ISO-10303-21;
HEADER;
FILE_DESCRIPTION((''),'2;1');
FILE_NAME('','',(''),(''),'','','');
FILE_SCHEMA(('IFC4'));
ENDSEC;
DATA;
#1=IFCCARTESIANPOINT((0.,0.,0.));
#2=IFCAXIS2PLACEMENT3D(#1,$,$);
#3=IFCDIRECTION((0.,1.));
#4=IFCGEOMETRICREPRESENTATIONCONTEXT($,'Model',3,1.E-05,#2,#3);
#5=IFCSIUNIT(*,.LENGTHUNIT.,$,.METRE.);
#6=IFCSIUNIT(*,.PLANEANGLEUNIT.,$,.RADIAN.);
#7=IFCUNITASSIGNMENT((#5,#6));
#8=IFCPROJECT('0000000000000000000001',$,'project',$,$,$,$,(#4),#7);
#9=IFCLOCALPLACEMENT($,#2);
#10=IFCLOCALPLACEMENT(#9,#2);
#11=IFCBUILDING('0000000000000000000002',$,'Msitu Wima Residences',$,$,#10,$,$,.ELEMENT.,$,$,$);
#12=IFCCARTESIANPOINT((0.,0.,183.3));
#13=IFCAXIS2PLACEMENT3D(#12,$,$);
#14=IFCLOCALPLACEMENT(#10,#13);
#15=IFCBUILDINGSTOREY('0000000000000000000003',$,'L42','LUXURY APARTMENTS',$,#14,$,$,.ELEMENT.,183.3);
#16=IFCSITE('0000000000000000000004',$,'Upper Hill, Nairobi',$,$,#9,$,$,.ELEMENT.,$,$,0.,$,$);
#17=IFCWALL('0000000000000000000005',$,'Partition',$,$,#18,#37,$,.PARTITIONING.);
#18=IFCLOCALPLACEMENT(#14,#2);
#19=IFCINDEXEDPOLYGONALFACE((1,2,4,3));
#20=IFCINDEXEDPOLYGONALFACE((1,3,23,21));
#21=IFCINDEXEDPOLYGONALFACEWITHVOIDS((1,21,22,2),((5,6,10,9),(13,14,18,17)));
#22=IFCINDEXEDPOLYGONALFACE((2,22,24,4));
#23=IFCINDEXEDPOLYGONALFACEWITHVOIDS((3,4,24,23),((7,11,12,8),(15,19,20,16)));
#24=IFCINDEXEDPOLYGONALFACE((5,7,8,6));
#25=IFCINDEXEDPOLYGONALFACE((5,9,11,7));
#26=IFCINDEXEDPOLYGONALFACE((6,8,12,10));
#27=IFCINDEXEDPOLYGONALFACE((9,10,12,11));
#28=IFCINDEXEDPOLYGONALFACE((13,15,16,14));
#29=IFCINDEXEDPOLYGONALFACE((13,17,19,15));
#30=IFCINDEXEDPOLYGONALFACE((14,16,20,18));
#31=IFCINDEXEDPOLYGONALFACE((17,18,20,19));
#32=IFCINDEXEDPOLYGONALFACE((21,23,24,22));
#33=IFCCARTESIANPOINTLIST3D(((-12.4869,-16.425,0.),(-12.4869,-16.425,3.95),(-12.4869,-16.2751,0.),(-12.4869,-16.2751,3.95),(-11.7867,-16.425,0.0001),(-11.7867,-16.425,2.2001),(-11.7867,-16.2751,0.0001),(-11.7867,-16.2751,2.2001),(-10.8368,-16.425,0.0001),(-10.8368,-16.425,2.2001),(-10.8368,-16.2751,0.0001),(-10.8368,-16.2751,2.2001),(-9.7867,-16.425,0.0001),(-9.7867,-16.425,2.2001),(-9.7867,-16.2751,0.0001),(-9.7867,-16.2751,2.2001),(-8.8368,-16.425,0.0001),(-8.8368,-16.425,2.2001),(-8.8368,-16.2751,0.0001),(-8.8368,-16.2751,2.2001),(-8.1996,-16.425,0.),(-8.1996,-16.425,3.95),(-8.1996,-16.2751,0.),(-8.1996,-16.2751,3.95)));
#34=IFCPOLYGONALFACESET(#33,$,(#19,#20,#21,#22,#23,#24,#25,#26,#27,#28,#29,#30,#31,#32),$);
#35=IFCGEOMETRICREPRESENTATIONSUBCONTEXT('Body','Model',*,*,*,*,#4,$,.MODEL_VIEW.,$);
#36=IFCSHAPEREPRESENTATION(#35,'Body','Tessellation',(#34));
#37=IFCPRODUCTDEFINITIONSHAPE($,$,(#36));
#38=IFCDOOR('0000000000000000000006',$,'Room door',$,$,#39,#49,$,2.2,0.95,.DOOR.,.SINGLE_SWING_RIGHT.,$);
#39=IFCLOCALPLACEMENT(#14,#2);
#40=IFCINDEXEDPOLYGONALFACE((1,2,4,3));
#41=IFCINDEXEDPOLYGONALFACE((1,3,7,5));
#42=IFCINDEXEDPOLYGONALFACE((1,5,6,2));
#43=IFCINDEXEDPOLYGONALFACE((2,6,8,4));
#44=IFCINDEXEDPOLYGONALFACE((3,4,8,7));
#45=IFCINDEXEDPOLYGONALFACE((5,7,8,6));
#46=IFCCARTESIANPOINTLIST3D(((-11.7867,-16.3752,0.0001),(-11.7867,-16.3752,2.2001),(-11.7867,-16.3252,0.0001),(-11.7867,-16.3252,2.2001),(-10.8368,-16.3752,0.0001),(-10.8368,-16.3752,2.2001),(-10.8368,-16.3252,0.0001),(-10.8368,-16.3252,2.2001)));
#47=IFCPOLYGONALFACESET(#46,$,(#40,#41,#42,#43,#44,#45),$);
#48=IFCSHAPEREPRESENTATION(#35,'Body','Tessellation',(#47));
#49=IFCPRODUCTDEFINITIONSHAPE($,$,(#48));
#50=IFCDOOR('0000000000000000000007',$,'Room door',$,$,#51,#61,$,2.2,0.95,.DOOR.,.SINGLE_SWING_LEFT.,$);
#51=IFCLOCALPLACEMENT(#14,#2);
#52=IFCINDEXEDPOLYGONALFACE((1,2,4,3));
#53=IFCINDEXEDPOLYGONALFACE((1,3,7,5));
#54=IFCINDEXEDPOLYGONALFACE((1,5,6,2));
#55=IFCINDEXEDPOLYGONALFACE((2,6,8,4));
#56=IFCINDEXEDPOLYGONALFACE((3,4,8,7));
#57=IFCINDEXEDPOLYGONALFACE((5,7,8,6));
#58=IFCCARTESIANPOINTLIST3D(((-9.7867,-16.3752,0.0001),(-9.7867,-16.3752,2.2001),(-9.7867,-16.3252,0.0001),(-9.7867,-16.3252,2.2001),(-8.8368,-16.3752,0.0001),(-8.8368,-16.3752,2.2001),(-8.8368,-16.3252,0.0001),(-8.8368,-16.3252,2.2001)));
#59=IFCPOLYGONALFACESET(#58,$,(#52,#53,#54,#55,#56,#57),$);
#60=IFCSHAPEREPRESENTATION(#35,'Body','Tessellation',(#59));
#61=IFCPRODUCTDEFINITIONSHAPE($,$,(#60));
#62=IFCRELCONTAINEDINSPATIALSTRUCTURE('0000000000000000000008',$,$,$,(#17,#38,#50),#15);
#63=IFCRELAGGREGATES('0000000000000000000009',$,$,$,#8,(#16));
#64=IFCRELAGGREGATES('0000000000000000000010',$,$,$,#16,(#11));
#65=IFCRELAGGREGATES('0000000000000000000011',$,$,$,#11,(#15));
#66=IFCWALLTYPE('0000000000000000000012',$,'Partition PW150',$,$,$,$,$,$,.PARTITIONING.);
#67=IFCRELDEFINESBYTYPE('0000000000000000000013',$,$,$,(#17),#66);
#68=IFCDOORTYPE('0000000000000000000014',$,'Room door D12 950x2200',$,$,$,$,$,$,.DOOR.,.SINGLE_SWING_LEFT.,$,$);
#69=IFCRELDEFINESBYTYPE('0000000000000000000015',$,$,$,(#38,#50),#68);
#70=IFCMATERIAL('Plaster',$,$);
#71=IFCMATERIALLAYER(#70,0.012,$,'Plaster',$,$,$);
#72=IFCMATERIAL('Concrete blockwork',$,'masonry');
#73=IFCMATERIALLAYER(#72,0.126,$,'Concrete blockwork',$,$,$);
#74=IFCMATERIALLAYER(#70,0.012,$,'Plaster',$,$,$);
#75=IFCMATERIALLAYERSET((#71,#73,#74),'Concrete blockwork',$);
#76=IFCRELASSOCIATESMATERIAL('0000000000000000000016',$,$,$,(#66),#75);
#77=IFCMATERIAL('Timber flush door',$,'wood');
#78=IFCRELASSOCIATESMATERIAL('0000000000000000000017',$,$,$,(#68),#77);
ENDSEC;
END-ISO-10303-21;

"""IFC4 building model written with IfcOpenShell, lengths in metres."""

from ifc_helpers import new_model, si_unit, direction, frame, frame_2d, origin, place, context, subcontext, project, spatial, rectangle, extrude, material, layer, layer_set, type_object, element, fill, save


model = new_model("IFC4")

# Units and contexts
model_context = context("Model", 3, precision=1e-05, world=origin(), true_north=direction((0.0, 1.0)))
body_context = subcontext(model_context, "Body", "Model", "MODEL_VIEW")
ifc_project = project(units=[si_unit("LENGTHUNIT", "METRE"), si_unit("PLANEANGLEUNIT", "RADIAN")], contexts=[model_context])

# Site, building, storey
site_placement = place(None, origin())
site = spatial("IfcSite", under=ifc_project, at=site_placement, Name="Upper Hill, Nairobi", CompositionType="ELEMENT", RefElevation=0.0)
building_placement = place(site_placement, origin())
building = spatial("IfcBuilding", under=site, at=building_placement, Name="Msitu Wima Residences", CompositionType="ELEMENT")
storey_placement = place(building_placement, frame((0.0, 0.0, 183.3)))
storey = spatial("IfcBuildingStorey", under=building, at=storey_placement, Name="L42", Description="LUXURY APARTMENTS", CompositionType="ELEMENT", Elevation=183.3)

# Shared definitions
ifc_material_1 = material(Name="Plaster")
ifc_material_2 = material(Name="Concrete blockwork", Category="masonry")

# Shared definitions
ifc_layer_1 = layer(ifc_material_1, 0.012, Name="Plaster")
ifc_layer_2 = layer(ifc_material_2, 0.126, Name="Concrete blockwork")
ifc_layer_3 = layer(ifc_material_1, 0.012, Name="Plaster")
ifc_layer_set_1 = layer_set([ifc_layer_1, ifc_layer_2, ifc_layer_3], Name="Concrete blockwork")
wall_type_1 = type_object("IfcWallType", Name="Partition PW150", PredefinedType="PARTITIONING", material=ifc_layer_set_1)

# Shared definitions
ifc_material_3 = material(Name="Timber flush door", Category="wood")
door_type_1 = type_object("IfcDoorType", Name="Room door D12 950x2200", OperationType="SINGLE_SWING_LEFT", PredefinedType="DOOR", material=ifc_material_3)

# Wall, openings, doors
wall_1_placement = place(storey_placement, frame((-12.4868, -16.3501, 0.0), z_axis=(0.0, 0.0, 1.0), x_axis=(1.0, 0.0, 0.0)))
wall_1 = element("IfcWall", 1, at=wall_1_placement, inside=storey, type_object=wall_type_1, Name="Partition", PredefinedType="PARTITIONING", context=body_context, shape_type="SweptSolid", body=[
    extrude(rectangle(XDim=4.2874, YDim=0.1499, at=frame_2d((2.1436, 0.0))), origin(), (0.0, 0.0, 1.0), 3.95),
])
opening_1_placement = place(wall_1_placement, frame((0.7, 0.0, 0.0)))
opening_1 = element("IfcOpeningElement", 2, at=opening_1_placement, cuts=wall_1, PredefinedType="OPENING", context=body_context, shape_type="SweptSolid", body=[
    extrude(rectangle(XDim=0.95, YDim=2.2, at=frame_2d((0.4751, 1.1001))), frame((0.0, 0.085, 0.0), z_axis=(0.0, -1.0, 0.0), x_axis=(1.0, 0.0, 0.0)), (0.0, 0.0, 1.0), 0.1699),
])
opening_2_placement = place(wall_1_placement, frame((2.7, 0.0, 0.0)))
opening_2 = element("IfcOpeningElement", 3, at=opening_2_placement, cuts=wall_1, PredefinedType="OPENING", context=body_context, shape_type="SweptSolid", body=[
    extrude(rectangle(XDim=0.95, YDim=2.2, at=frame_2d((0.4751, 1.1001))), frame((0.0, 0.085, 0.0), z_axis=(0.0, -1.0, 0.0), x_axis=(1.0, 0.0, 0.0)), (0.0, 0.0, 1.0), 0.1699),
])
door_1_placement = place(opening_1_placement, origin())
door_1 = element("IfcDoor", 4, at=door_1_placement, inside=storey, type_object=door_type_1, Name="Room door", OperationType="SINGLE_SWING_RIGHT", OverallHeight=2.2, OverallWidth=0.95, PredefinedType="DOOR", context=body_context, shape_type="SweptSolid", body=[
    extrude(rectangle(XDim=0.95, YDim=2.2, at=frame_2d((0.4751, 1.1001))), frame((0.0, 0.0249, 0.0), z_axis=(0.0, -1.0, 0.0), x_axis=(1.0, 0.0, 0.0)), (0.0, 0.0, 1.0), 0.05),
])
fill(opening_1, door_1)
door_2_placement = place(opening_2_placement, origin())
door_2 = element("IfcDoor", 5, at=door_2_placement, inside=storey, type_object=door_type_1, Name="Room door", OperationType="SINGLE_SWING_LEFT", OverallHeight=2.2, OverallWidth=0.95, PredefinedType="DOOR", context=body_context, shape_type="SweptSolid", body=[
    extrude(rectangle(XDim=0.95, YDim=2.2, at=frame_2d((0.4751, 1.1001))), frame((0.0, 0.0249, 0.0), z_axis=(0.0, -1.0, 0.0), x_axis=(1.0, 0.0, 0.0)), (0.0, 0.0, 1.0), 0.05),
])
fill(opening_2, door_2)

save(model, "model.ifc")
